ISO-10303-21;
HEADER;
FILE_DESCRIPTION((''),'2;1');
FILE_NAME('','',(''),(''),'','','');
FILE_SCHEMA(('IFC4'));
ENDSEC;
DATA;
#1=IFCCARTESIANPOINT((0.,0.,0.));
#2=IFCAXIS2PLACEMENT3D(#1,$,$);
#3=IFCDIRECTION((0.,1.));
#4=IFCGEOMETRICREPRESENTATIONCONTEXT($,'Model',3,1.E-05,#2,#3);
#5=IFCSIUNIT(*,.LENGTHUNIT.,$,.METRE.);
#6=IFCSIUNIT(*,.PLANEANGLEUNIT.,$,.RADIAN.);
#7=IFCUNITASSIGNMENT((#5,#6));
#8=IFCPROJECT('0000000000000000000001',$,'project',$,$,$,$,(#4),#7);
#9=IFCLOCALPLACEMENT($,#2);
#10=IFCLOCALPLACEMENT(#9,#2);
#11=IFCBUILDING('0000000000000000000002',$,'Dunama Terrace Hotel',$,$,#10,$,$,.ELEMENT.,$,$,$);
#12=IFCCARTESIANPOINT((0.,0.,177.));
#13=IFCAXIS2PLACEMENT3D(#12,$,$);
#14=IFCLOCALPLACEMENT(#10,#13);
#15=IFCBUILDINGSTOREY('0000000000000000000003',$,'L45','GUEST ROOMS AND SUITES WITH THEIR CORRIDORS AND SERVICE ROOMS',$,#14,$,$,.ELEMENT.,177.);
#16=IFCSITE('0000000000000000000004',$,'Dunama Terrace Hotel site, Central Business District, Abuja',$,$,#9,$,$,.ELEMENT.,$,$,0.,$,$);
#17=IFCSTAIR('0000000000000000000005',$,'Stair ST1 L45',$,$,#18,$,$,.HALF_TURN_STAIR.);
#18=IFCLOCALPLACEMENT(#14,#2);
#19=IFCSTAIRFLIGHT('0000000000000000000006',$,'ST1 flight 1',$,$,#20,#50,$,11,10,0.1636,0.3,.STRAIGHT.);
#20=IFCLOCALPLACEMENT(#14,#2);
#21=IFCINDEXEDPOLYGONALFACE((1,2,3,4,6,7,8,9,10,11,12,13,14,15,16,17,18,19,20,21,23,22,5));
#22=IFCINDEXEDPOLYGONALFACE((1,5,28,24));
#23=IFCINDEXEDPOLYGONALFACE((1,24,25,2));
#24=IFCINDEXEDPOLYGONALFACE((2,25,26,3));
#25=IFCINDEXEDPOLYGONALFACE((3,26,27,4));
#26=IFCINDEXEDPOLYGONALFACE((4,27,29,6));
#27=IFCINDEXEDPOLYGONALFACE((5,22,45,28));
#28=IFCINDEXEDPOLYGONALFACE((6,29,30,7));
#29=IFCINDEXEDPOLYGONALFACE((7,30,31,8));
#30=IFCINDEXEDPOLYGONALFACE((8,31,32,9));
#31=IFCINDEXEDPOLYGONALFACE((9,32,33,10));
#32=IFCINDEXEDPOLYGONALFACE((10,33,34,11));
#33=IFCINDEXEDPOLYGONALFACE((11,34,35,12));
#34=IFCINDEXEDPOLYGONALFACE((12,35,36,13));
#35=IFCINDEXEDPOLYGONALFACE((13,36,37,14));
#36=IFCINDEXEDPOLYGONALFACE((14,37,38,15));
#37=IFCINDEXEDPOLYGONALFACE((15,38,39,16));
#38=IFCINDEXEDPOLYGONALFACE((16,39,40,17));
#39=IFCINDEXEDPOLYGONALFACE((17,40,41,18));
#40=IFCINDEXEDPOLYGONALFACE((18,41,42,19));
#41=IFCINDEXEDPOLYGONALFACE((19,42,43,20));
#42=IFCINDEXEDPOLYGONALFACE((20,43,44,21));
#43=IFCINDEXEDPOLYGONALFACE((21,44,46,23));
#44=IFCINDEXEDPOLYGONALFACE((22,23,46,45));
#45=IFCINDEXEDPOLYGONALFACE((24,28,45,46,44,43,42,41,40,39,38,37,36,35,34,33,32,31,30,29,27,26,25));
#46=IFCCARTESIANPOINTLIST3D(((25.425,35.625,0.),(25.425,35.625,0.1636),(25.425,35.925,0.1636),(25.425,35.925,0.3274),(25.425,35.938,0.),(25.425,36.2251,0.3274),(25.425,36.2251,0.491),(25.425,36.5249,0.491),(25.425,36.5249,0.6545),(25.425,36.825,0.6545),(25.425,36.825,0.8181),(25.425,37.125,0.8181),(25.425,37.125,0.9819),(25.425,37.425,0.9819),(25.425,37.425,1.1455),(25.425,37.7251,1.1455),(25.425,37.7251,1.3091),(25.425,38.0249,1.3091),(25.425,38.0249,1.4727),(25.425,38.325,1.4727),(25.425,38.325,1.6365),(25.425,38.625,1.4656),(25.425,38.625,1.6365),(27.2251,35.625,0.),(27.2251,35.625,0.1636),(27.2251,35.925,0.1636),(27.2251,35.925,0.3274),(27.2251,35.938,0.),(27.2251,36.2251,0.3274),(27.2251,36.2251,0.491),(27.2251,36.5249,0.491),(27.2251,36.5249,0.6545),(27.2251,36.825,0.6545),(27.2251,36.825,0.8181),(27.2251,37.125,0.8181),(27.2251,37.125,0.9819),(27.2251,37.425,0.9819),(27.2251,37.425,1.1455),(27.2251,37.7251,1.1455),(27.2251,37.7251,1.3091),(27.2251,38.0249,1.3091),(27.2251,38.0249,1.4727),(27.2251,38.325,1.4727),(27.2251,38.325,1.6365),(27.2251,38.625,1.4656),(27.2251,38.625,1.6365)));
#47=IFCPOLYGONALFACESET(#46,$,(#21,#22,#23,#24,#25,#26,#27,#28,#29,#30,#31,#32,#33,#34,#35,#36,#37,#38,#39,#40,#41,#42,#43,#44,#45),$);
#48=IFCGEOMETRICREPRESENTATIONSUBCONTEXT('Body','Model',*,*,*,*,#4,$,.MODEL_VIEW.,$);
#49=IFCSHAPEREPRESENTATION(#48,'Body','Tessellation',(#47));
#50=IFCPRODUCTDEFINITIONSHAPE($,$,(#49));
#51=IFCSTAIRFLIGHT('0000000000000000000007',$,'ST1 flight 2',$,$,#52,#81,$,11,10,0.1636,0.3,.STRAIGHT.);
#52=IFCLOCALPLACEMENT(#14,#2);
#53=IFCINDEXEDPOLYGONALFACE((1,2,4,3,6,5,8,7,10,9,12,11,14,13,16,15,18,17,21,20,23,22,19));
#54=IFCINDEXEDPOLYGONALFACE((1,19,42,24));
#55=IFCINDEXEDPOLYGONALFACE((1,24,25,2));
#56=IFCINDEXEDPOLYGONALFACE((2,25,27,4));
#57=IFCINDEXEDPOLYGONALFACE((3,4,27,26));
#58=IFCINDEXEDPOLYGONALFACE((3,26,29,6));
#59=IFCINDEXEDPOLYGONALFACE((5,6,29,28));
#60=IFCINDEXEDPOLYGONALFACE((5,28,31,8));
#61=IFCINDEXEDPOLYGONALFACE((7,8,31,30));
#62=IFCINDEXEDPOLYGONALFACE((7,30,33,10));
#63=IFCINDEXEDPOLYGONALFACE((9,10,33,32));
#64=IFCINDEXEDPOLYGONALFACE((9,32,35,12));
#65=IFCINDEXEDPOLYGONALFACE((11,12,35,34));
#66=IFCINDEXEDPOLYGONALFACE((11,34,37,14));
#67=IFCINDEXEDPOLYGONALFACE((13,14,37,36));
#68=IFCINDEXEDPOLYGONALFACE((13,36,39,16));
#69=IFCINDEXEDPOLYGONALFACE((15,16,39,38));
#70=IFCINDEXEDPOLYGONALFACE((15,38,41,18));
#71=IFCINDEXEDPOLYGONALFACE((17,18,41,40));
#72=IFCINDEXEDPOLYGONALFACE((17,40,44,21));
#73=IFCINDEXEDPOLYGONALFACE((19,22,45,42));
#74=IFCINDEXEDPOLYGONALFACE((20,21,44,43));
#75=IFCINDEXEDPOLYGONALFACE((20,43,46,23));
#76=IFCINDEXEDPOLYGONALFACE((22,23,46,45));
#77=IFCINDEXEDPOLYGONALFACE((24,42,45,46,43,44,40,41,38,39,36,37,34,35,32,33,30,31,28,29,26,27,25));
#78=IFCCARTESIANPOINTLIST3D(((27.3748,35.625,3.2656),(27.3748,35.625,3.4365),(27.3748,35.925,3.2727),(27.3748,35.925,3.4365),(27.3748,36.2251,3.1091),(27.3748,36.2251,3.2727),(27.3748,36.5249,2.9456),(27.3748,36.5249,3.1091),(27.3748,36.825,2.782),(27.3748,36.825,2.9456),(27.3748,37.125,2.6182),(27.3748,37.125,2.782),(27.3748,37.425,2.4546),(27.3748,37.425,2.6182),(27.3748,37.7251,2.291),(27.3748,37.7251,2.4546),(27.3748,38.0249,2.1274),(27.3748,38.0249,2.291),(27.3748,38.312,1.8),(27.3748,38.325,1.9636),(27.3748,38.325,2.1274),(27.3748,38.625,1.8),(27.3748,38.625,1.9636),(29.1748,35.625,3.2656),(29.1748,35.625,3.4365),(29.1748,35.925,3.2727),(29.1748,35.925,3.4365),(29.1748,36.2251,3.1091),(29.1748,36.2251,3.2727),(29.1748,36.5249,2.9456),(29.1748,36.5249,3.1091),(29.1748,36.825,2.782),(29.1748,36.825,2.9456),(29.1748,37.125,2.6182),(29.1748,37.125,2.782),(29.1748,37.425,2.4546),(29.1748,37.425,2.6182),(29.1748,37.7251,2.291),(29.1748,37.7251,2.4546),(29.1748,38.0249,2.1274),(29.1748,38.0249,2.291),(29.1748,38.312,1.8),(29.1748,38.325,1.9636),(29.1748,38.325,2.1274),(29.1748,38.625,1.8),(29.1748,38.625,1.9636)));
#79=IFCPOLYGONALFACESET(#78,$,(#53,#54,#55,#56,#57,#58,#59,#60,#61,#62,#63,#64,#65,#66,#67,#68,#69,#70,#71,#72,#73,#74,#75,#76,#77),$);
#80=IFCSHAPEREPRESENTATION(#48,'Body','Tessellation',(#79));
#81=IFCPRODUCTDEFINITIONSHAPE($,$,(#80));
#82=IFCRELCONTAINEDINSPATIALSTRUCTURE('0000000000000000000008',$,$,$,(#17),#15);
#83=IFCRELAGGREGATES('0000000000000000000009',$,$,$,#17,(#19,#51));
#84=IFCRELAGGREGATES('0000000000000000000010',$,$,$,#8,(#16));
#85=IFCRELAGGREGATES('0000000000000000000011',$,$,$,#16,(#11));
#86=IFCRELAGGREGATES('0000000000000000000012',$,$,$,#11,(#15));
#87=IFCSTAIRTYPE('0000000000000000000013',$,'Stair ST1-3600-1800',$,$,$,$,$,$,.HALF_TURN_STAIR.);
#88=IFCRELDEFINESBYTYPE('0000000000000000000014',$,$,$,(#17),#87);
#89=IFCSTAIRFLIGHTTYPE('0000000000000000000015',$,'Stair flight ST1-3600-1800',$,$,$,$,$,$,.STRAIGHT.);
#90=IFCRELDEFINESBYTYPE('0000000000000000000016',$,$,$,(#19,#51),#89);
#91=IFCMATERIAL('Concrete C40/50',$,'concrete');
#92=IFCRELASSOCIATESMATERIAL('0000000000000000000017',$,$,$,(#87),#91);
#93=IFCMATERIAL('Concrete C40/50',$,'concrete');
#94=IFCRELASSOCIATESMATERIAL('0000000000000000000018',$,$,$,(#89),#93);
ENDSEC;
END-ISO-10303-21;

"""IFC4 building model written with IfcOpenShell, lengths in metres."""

from ifc_helpers import new_model, si_unit, direction, frame, origin, place, context, subcontext, project, spatial, polyline, outline, extrude, material, type_object, element, aggregate, save


model = new_model("IFC4")

# Units and contexts
model_context = context("Model", 3, precision=1e-05, world=origin(), true_north=direction((0.0, 1.0)))
body_context = subcontext(model_context, "Body", "Model", "MODEL_VIEW")
ifc_project = project(units=[si_unit("LENGTHUNIT", "METRE"), si_unit("PLANEANGLEUNIT", "RADIAN")], contexts=[model_context])

# Site, building, storey
site_placement = place(None, origin())
site = spatial("IfcSite", under=ifc_project, at=site_placement, Name="Dunama Terrace Hotel site, Central Business District, Abuja", CompositionType="ELEMENT", RefElevation=0.0)
building_placement = place(site_placement, origin())
building = spatial("IfcBuilding", under=site, at=building_placement, Name="Dunama Terrace Hotel", CompositionType="ELEMENT")
storey_placement = place(building_placement, frame((0.0, 0.0, 177.0)))
storey = spatial("IfcBuildingStorey", under=building, at=storey_placement, Name="L45", Description="GUEST ROOMS AND SUITES WITH THEIR CORRIDORS AND SERVICE ROOMS", CompositionType="ELEMENT", Elevation=177.0)

# Stair, stair flights
ifc_material_1 = material(Name="Concrete C40/50", Category="concrete")
stair_type = type_object("IfcStairType", Name="Stair ST1-3600-1800", PredefinedType="HALF_TURN_STAIR", material=ifc_material_1)
stair_placement = place(storey_placement, origin())
stair = element("IfcStair", 1, at=stair_placement, inside=storey, type_object=stair_type, Name="Stair ST1 L45", PredefinedType="HALF_TURN_STAIR")
ifc_material_2 = material(Name="Concrete C40/50", Category="concrete")
stair_flight_type = type_object("IfcStairFlightType", Name="Stair flight ST1-3600-1800", PredefinedType="STRAIGHT", material=ifc_material_2)
stair_flight_1_placement = place(storey_placement, frame((26.325, 35.625, 0.0), z_axis=(0.0, 0.0, 1.0), x_axis=(0.0, 1.0, 0.0)))
stair_flight_1 = element("IfcStairFlight", 2, at=stair_flight_1_placement, type_object=stair_flight_type, Name="ST1 flight 1", NumberOfRisers=11, NumberOfTreads=10, PredefinedType="STRAIGHT", RiserHeight=0.1636, TreadLength=0.3, context=body_context, shape_type="SweptSolid", body=[
    extrude(outline(polyline([(0.0, 0.0), (0.0, 0.1636), (0.3, 0.1636), (0.3, 0.3274), (0.6001, 0.3274), (0.6001, 0.491), (0.8999, 0.491), (0.8999, 0.6545), (1.2, 0.6545), (1.2, 0.8181), (1.5, 0.8181), (1.5, 0.9819), (1.8, 0.9819), (1.8, 1.1455), (2.1001, 1.1455), (2.1001, 1.3091), (2.3999, 1.3091), (2.3999, 1.4727), (2.7, 1.4727), (2.7, 1.6365), (3.0, 1.6365), (3.0, 1.8), (3.0, 1.4656), (0.313, 0.0), (0.0, 0.0)])), frame((0.0, 0.8999, 0.0), z_axis=(0.0, -1.0, 0.0), x_axis=(1.0, 0.0, 0.0)), (0.0, 0.0, 1.0), 1.8),
])
stair_flight_2_placement = place(storey_placement, frame((28.2749, 38.625, 1.8), z_axis=(0.0, 0.0, 1.0), x_axis=(0.0, -1.0, 0.0)))
stair_flight_2 = element("IfcStairFlight", 3, at=stair_flight_2_placement, type_object=stair_flight_type, Name="ST1 flight 2", NumberOfRisers=11, NumberOfTreads=10, PredefinedType="STRAIGHT", RiserHeight=0.1636, TreadLength=0.3, context=body_context, shape_type="SweptSolid", body=[
    extrude(outline(polyline([(0.0, 0.0), (0.0, 0.1636), (0.3, 0.1636), (0.3, 0.3274), (0.6001, 0.3274), (0.6001, 0.491), (0.8999, 0.491), (0.8999, 0.6545), (1.2, 0.6545), (1.2, 0.8181), (1.5, 0.8181), (1.5, 0.9819), (1.8, 0.9819), (1.8, 1.1455), (2.1001, 1.1455), (2.1001, 1.3091), (2.3999, 1.3091), (2.3999, 1.4727), (2.7, 1.4727), (2.7, 1.6365), (3.0, 1.6365), (3.0, 1.8), (3.0, 1.4656), (0.313, 0.0), (0.0, 0.0)])), frame((0.0, 0.8999, 0.0), z_axis=(0.0, -1.0, 0.0), x_axis=(1.0, 0.0, 0.0)), (0.0, 0.0, 1.0), 1.8),
])
aggregate(stair, [stair_flight_1, stair_flight_2])

save(model, "model.ifc")
